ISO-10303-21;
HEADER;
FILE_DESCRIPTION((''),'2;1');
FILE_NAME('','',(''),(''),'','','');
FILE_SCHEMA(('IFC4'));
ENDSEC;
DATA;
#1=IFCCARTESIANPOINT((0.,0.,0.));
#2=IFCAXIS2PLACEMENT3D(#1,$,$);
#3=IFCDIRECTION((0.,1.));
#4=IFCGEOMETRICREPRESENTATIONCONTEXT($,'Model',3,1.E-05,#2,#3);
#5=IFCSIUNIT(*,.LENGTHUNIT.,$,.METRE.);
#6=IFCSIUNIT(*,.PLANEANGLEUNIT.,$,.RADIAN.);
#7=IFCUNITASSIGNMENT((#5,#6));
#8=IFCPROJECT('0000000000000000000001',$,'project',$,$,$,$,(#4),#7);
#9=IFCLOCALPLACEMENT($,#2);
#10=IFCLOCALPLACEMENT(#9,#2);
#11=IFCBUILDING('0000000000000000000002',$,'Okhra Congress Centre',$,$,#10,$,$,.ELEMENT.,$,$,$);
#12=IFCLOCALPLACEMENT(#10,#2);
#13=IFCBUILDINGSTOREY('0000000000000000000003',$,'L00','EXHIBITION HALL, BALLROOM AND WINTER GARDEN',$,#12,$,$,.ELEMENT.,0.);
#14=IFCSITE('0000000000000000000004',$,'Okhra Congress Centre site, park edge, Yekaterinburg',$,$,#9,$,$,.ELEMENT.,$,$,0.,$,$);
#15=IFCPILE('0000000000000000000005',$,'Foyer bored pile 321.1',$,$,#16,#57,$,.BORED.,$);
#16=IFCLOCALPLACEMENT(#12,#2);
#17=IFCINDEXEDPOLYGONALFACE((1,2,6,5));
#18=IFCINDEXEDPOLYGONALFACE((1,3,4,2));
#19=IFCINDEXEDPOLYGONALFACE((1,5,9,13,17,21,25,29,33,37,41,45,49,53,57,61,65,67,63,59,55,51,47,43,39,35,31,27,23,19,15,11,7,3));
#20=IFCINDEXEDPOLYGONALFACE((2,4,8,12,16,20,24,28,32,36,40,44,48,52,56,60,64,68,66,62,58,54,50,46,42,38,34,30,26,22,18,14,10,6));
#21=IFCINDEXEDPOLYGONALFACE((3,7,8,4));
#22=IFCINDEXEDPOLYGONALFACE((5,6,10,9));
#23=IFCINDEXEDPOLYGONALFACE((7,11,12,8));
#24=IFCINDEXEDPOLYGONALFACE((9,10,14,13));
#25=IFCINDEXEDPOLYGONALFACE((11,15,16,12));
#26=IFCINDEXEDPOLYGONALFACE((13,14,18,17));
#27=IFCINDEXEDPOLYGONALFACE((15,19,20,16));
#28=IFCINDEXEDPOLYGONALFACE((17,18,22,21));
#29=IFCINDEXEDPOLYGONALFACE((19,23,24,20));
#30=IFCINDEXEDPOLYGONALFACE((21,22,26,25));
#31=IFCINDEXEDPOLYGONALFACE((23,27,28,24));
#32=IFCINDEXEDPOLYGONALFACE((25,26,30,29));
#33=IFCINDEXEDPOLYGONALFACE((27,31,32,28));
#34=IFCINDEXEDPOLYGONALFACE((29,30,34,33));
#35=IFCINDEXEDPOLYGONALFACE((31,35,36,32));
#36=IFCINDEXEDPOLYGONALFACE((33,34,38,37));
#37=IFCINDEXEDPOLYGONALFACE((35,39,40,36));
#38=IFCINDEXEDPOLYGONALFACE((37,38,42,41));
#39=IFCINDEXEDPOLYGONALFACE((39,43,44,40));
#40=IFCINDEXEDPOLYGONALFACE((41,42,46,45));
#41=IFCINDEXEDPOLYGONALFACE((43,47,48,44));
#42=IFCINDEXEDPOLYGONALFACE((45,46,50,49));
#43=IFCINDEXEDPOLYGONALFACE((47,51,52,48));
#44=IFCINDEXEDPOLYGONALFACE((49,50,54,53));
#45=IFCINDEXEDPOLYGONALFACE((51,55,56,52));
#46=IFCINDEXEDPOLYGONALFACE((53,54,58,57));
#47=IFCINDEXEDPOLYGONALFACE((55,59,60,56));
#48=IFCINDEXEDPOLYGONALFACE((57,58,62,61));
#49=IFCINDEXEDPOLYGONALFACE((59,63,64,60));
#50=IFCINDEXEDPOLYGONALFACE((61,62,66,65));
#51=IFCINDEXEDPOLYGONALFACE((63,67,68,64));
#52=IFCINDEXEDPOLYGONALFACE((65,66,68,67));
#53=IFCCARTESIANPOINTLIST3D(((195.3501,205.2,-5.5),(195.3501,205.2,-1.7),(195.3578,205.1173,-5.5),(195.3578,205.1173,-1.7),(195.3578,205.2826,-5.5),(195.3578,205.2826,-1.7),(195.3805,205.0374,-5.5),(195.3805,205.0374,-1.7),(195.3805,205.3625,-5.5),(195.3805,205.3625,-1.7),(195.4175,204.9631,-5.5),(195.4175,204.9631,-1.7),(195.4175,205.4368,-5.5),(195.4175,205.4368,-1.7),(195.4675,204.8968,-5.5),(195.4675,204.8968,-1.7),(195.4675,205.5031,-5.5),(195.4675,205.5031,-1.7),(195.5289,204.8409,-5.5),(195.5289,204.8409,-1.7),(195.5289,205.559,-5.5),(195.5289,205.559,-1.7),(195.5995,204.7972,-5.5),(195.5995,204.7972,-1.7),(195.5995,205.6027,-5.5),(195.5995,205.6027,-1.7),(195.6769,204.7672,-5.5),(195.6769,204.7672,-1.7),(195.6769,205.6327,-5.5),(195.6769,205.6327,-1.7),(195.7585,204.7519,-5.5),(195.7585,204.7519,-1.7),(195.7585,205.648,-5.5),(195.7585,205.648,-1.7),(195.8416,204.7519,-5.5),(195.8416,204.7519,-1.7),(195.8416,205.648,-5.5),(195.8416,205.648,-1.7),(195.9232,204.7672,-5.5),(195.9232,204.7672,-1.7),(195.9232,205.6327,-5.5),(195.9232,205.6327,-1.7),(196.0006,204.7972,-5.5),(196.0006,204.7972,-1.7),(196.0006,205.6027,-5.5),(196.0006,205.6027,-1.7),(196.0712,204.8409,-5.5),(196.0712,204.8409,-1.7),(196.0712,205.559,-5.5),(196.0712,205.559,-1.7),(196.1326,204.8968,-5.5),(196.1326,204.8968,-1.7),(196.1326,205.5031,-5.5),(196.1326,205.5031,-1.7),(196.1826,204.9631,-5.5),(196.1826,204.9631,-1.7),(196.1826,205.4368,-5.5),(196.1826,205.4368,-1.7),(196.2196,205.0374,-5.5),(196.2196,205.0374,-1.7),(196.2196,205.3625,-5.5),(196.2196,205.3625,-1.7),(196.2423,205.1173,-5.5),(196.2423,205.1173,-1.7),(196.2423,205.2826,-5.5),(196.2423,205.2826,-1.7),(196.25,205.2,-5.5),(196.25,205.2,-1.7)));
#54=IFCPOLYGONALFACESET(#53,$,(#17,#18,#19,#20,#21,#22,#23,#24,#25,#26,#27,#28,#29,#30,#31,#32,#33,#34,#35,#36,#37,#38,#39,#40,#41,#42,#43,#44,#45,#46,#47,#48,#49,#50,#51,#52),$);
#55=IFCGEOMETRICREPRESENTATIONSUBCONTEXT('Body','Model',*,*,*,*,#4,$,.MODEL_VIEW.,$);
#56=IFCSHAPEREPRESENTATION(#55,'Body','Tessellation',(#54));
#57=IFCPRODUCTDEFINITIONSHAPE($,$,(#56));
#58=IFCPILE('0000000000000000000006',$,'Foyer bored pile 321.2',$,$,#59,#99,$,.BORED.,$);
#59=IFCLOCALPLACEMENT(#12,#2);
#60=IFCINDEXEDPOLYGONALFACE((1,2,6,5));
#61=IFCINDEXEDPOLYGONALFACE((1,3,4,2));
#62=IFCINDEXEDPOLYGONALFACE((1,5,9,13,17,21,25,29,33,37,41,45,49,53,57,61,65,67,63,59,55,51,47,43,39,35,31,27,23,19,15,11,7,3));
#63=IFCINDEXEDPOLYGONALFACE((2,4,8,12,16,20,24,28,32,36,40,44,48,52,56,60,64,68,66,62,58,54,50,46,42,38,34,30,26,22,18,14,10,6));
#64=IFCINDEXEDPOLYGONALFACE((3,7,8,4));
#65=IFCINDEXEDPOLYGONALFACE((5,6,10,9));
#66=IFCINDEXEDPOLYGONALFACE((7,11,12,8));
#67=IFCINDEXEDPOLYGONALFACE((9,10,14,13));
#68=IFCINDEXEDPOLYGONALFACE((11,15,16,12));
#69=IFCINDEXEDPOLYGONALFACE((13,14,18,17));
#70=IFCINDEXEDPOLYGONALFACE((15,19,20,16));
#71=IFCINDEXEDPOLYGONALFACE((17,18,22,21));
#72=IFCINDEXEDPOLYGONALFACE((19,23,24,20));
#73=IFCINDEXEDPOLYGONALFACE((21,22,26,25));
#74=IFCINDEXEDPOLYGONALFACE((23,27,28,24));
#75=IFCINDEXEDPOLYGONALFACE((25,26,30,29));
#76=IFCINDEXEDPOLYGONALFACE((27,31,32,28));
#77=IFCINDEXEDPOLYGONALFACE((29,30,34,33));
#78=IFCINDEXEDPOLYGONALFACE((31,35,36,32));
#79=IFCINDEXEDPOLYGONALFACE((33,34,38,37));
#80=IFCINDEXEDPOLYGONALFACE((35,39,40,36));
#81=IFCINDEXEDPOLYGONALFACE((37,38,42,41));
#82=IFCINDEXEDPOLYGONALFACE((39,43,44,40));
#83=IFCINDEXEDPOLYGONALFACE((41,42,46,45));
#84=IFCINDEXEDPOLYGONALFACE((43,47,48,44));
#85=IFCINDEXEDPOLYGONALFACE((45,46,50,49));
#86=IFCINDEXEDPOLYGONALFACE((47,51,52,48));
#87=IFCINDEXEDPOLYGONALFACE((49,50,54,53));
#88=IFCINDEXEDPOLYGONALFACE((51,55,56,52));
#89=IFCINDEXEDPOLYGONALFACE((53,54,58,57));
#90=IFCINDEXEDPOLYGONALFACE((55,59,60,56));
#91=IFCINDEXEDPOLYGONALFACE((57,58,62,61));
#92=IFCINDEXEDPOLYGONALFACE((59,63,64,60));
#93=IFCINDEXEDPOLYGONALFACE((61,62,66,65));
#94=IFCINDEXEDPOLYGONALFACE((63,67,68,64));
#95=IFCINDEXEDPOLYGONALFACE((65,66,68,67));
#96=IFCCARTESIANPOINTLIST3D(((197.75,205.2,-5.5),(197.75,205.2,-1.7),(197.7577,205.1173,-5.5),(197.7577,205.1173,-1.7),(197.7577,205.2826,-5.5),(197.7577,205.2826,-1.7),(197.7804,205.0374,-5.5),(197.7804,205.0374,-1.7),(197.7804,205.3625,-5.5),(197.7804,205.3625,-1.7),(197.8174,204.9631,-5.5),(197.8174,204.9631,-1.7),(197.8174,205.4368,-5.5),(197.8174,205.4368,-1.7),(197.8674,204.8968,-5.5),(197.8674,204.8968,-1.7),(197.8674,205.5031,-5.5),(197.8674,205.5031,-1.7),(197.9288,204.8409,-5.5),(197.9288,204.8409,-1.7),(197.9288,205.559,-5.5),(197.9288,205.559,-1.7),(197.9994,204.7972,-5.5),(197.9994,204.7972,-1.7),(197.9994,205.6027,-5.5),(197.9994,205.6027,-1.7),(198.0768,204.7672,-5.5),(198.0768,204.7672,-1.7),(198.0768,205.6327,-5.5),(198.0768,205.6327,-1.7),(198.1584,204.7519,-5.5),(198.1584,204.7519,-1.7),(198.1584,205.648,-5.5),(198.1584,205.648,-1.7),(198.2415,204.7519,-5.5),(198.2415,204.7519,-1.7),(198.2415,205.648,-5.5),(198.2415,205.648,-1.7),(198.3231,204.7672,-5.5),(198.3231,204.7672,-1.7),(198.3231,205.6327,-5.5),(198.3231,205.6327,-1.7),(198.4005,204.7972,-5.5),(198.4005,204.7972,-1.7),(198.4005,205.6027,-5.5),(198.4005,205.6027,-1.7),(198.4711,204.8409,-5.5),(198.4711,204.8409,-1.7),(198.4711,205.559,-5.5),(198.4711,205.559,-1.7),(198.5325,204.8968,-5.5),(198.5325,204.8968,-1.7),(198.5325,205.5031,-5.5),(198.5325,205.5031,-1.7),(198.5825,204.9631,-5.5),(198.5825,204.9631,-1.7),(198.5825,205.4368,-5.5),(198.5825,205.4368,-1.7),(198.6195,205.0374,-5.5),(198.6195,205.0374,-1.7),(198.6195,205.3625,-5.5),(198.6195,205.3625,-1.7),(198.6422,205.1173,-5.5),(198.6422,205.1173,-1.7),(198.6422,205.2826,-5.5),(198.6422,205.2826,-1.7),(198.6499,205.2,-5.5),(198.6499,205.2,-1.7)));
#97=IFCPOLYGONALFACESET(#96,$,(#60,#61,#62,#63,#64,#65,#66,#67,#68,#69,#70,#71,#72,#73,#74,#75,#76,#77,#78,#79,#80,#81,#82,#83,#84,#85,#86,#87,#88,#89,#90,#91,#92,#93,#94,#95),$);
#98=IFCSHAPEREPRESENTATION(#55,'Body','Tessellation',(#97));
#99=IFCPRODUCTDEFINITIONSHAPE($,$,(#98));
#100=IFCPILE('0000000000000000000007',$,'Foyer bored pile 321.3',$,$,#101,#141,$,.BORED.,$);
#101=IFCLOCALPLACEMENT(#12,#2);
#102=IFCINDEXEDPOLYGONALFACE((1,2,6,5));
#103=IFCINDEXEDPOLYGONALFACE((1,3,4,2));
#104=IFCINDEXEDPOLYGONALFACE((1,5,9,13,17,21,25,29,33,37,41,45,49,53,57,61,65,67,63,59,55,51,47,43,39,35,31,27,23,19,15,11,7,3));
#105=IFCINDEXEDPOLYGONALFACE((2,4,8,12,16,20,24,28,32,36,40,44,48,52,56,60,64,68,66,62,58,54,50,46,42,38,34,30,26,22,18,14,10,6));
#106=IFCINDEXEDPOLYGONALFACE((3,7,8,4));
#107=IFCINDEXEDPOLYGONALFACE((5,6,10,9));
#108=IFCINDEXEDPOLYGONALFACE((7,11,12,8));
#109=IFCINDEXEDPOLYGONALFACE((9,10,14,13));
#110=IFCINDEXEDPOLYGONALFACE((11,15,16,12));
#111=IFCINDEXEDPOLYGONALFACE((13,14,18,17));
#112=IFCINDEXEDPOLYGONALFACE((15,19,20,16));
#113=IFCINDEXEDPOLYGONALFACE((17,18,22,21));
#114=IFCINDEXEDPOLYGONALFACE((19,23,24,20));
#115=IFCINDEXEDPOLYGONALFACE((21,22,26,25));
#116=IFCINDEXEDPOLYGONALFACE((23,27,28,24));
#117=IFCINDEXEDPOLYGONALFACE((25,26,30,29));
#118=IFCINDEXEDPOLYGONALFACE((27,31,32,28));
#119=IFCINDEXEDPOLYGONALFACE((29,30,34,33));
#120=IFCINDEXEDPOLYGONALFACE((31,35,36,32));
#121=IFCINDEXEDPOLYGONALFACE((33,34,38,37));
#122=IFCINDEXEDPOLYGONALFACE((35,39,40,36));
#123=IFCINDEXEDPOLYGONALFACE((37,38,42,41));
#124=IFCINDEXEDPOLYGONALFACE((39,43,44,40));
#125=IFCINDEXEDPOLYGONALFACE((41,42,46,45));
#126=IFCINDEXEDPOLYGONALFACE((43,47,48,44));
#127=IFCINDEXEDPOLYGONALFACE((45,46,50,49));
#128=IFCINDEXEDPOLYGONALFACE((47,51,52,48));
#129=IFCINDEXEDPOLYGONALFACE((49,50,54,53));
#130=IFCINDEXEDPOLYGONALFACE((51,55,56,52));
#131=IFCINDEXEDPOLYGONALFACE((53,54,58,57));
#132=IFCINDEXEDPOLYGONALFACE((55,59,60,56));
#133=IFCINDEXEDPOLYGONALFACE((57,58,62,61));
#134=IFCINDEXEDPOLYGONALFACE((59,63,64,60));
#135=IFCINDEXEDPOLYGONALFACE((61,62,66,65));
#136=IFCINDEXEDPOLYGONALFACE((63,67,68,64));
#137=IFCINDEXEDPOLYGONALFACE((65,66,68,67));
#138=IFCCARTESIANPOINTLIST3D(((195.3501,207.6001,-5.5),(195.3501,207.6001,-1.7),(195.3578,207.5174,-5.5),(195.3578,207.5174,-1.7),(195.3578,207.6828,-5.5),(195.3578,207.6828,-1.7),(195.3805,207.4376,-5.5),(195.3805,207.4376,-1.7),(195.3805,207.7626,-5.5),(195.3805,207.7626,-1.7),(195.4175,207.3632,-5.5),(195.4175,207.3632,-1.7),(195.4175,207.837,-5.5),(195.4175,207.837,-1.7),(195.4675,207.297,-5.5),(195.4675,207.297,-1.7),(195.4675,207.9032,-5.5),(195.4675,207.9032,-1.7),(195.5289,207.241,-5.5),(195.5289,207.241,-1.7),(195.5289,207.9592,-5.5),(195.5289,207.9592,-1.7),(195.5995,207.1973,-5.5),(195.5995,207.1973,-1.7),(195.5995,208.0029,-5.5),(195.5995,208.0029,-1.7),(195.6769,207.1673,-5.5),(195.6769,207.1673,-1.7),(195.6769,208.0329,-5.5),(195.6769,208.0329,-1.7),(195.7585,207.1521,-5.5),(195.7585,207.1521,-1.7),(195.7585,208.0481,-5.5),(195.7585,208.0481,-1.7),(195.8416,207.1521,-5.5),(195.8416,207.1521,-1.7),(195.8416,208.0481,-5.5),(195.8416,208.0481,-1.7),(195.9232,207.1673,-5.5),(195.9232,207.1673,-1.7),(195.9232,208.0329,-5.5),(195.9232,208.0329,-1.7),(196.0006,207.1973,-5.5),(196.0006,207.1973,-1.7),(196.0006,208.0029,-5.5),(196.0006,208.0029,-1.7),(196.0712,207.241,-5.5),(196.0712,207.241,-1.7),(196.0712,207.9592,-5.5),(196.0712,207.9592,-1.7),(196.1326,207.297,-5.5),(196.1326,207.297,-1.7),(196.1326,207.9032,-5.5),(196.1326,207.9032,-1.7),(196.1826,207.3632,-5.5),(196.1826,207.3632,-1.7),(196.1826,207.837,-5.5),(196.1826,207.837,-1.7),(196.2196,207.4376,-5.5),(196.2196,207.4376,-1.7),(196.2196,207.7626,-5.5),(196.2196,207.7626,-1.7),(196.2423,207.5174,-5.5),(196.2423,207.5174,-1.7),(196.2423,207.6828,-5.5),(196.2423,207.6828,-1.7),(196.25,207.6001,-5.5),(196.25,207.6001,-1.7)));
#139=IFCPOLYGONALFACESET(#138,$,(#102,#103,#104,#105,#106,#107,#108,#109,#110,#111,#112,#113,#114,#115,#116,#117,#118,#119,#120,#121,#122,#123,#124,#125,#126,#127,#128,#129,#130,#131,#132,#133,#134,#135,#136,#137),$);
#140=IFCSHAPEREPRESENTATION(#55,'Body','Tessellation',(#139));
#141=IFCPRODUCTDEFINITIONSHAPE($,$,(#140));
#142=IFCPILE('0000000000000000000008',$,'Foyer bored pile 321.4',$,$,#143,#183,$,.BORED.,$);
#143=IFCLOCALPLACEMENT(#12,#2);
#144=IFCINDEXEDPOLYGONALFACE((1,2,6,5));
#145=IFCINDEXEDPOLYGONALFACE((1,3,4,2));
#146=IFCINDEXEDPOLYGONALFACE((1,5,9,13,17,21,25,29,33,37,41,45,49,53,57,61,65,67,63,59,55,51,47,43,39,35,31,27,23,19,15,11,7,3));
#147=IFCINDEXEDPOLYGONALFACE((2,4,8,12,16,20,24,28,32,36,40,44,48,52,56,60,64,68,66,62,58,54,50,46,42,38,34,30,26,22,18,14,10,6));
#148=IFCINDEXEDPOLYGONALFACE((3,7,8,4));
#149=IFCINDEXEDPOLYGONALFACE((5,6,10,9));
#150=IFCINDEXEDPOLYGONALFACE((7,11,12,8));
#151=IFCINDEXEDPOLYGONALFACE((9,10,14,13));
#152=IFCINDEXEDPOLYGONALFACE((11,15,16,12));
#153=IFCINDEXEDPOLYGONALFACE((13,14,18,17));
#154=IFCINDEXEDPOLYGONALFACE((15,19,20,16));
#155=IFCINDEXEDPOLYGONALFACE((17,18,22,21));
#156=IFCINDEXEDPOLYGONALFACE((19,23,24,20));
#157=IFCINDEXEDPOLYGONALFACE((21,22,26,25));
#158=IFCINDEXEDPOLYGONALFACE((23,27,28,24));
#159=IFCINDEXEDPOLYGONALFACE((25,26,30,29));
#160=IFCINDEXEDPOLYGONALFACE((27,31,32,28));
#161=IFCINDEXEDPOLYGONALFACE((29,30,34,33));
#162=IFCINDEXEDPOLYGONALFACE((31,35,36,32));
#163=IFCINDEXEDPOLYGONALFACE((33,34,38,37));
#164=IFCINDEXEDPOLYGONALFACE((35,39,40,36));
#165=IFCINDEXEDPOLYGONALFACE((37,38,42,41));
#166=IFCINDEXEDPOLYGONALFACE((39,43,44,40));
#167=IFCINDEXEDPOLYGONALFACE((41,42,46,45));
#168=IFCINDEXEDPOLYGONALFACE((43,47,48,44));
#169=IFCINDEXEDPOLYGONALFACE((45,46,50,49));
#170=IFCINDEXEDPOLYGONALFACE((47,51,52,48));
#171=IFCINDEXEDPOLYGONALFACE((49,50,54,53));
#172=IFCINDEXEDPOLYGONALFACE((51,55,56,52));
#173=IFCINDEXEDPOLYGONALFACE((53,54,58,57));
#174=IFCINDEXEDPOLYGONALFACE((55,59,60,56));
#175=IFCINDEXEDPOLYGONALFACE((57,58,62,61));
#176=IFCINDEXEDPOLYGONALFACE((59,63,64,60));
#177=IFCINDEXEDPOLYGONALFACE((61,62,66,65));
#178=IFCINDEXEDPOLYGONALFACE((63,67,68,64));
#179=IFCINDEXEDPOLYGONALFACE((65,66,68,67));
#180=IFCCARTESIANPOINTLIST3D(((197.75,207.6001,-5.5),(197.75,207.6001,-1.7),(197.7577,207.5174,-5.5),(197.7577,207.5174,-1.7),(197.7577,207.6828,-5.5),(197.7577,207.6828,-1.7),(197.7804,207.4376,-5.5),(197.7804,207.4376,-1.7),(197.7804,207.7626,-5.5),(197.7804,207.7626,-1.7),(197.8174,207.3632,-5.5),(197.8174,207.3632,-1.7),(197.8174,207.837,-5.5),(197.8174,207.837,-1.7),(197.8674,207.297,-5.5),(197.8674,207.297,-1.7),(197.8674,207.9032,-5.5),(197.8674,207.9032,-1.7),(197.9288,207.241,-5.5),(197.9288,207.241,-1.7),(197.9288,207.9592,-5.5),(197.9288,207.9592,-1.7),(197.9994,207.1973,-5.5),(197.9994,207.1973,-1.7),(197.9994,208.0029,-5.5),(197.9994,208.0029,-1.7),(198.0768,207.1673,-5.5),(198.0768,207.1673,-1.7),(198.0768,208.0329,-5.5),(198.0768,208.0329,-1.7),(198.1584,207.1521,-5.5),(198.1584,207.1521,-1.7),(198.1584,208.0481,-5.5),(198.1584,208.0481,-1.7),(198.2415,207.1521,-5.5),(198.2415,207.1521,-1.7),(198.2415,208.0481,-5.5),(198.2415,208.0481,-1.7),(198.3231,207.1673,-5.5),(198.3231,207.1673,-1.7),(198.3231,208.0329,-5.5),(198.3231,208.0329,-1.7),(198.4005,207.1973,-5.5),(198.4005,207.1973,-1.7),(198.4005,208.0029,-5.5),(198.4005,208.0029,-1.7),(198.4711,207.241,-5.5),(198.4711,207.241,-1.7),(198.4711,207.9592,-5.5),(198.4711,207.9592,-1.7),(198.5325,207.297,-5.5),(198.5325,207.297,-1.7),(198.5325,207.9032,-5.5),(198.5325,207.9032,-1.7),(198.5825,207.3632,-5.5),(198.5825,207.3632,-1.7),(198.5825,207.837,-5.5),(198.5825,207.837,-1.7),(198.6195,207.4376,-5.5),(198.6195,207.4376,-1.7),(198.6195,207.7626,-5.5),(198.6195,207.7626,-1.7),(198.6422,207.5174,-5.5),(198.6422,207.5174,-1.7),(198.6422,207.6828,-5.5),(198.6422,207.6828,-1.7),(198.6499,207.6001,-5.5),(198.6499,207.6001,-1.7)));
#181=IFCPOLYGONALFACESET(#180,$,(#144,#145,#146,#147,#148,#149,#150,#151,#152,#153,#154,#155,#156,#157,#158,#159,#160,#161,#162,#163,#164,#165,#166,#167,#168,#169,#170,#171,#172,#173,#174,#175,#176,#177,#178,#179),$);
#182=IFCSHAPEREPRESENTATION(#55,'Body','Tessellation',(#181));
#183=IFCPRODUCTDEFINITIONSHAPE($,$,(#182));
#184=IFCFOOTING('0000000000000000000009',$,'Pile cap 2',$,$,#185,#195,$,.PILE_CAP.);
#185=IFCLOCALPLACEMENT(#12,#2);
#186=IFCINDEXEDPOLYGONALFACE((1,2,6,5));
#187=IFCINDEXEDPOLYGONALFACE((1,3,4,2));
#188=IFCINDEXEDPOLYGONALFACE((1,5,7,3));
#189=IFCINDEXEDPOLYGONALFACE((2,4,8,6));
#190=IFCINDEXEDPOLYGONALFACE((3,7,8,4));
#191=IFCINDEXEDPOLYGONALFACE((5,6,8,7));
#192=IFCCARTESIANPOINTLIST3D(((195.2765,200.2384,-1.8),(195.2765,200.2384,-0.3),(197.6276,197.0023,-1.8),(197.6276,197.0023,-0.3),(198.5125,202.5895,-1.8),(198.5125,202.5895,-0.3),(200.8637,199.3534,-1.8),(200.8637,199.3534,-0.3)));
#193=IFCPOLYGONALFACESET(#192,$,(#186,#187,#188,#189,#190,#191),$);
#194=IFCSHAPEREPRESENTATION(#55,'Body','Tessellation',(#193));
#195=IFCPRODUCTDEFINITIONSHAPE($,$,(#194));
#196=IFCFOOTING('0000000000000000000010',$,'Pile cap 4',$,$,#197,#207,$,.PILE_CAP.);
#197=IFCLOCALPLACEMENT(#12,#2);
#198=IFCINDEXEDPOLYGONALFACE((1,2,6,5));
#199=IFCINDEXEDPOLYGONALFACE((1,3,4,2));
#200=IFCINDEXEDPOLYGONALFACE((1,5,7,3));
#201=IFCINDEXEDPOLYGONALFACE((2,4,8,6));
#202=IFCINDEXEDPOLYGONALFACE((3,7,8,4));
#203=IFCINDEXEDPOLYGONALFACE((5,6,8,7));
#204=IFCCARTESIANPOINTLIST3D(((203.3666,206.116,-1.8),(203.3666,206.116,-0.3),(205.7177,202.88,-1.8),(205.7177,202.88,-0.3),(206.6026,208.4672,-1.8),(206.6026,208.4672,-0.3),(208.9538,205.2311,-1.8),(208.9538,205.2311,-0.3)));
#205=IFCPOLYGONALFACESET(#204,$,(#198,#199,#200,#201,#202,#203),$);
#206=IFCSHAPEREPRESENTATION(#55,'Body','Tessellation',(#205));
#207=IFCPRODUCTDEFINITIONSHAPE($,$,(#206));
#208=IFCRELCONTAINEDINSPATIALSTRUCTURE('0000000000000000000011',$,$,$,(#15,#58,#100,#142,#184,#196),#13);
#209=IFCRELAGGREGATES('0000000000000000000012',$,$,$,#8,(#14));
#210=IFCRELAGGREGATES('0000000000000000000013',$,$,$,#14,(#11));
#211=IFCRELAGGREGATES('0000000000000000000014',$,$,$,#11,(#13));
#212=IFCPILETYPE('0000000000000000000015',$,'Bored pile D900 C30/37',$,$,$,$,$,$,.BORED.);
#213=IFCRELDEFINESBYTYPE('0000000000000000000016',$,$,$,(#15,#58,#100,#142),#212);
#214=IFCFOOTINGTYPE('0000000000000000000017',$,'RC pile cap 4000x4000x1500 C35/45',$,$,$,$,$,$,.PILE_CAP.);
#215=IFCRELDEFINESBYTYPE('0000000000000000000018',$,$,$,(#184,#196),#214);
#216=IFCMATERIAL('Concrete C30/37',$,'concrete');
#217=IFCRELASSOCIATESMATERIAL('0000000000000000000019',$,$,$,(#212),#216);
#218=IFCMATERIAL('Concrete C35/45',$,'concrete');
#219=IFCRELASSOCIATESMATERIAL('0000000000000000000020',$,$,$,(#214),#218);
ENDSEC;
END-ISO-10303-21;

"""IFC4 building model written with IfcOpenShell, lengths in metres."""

from ifc_helpers import new_model, si_unit, direction, frame, origin, origin_2d, place, context, subcontext, project, spatial, rectangle, circle, extrude, material, material_profile, profile_set, type_object, element, save


model = new_model("IFC4")

# Units and contexts
model_context = context("Model", 3, precision=1e-05, world=origin(), true_north=direction((0.0, 1.0)))
body_context = subcontext(model_context, "Body", "Model", "MODEL_VIEW")
ifc_project = project(units=[si_unit("LENGTHUNIT", "METRE"), si_unit("PLANEANGLEUNIT", "RADIAN")], contexts=[model_context])

# Site, building, storey
site_placement = place(None, origin())
site = spatial("IfcSite", under=ifc_project, at=site_placement, Name="Okhra Congress Centre site, park edge, Yekaterinburg", CompositionType="ELEMENT", RefElevation=0.0)
building_placement = place(site_placement, origin())
building = spatial("IfcBuilding", under=site, at=building_placement, Name="Okhra Congress Centre", CompositionType="ELEMENT")
storey_placement = place(building_placement, origin())
storey = spatial("IfcBuildingStorey", under=building, at=storey_placement, Name="L00", Description="EXHIBITION HALL, BALLROOM AND WINTER GARDEN", CompositionType="ELEMENT", Elevation=0.0)

# Piles
ifc_material_1 = material(Name="Concrete C30/37", Category="concrete")
ifc_material_profile_1 = material_profile(ifc_material_1, circle(Radius=0.45, at=origin_2d()), Name="D900")
ifc_profile_set_1 = profile_set([ifc_material_profile_1], Name="Concrete C30/37")
pile_type = type_object("IfcPileType", Name="Bored pile D900 C30/37", PredefinedType="BORED", material=ifc_profile_set_1)
for number, where, z_axis, x_axis, name in (
    (1, (195.8, 205.2, -1.7), (0.0, 0.0, -1.0), (1.0, 0.0, 0.0), "Foyer bored pile 321.1"),
    (2, (198.2, 205.2, -1.7), (0.0, 0.0, -1.0), (1.0, 0.0, 0.0), "Foyer bored pile 321.2"),
    (3, (195.8, 207.6001, -1.7), (0.0, 0.0, -1.0), (1.0, 0.0, 0.0), "Foyer bored pile 321.3"),
    (4, (198.2, 207.6001, -1.7), (0.0, 0.0, -1.0), (1.0, 0.0, 0.0), "Foyer bored pile 321.4"),
):
    element("IfcPile", number, at=place(storey_placement, frame(where, z_axis=z_axis, x_axis=x_axis)), inside=storey, type_object=pile_type, Name=name, PredefinedType="BORED", context=body_context, shape_type="SweptSolid", body=[
        extrude(circle(Radius=0.45, at=origin_2d()), origin(), (0.0, 0.0, 1.0), 3.8),
    ])

# Footings
ifc_material_2 = material(Name="Concrete C35/45", Category="concrete")
footing_type_1 = type_object("IfcFootingType", Name="RC pile cap 4000x4000x1500 C35/45", PredefinedType="PILE_CAP", material=ifc_material_2)
for number, where, z_axis, x_axis, name in (
    (5, (198.0701, 199.7959, -1.8), (0.0, 0.0, 1.0), (0.809017, 0.587785, 0.0), "Pile cap 2"),
    (6, (206.1602, 205.6736, -1.8), (0.0, 0.0, 1.0), (0.809017, 0.587785, 0.0), "Pile cap 4"),
):
    element("IfcFooting", number, at=place(storey_placement, frame(where, z_axis=z_axis, x_axis=x_axis)), inside=storey, type_object=footing_type_1, Name=name, PredefinedType="PILE_CAP", context=body_context, shape_type="SweptSolid", body=[
        extrude(rectangle(XDim=4.0, YDim=4.0, at=origin_2d()), origin(), (0.0, 0.0, 1.0), 1.5),
    ])

save(model, "model.ifc")
